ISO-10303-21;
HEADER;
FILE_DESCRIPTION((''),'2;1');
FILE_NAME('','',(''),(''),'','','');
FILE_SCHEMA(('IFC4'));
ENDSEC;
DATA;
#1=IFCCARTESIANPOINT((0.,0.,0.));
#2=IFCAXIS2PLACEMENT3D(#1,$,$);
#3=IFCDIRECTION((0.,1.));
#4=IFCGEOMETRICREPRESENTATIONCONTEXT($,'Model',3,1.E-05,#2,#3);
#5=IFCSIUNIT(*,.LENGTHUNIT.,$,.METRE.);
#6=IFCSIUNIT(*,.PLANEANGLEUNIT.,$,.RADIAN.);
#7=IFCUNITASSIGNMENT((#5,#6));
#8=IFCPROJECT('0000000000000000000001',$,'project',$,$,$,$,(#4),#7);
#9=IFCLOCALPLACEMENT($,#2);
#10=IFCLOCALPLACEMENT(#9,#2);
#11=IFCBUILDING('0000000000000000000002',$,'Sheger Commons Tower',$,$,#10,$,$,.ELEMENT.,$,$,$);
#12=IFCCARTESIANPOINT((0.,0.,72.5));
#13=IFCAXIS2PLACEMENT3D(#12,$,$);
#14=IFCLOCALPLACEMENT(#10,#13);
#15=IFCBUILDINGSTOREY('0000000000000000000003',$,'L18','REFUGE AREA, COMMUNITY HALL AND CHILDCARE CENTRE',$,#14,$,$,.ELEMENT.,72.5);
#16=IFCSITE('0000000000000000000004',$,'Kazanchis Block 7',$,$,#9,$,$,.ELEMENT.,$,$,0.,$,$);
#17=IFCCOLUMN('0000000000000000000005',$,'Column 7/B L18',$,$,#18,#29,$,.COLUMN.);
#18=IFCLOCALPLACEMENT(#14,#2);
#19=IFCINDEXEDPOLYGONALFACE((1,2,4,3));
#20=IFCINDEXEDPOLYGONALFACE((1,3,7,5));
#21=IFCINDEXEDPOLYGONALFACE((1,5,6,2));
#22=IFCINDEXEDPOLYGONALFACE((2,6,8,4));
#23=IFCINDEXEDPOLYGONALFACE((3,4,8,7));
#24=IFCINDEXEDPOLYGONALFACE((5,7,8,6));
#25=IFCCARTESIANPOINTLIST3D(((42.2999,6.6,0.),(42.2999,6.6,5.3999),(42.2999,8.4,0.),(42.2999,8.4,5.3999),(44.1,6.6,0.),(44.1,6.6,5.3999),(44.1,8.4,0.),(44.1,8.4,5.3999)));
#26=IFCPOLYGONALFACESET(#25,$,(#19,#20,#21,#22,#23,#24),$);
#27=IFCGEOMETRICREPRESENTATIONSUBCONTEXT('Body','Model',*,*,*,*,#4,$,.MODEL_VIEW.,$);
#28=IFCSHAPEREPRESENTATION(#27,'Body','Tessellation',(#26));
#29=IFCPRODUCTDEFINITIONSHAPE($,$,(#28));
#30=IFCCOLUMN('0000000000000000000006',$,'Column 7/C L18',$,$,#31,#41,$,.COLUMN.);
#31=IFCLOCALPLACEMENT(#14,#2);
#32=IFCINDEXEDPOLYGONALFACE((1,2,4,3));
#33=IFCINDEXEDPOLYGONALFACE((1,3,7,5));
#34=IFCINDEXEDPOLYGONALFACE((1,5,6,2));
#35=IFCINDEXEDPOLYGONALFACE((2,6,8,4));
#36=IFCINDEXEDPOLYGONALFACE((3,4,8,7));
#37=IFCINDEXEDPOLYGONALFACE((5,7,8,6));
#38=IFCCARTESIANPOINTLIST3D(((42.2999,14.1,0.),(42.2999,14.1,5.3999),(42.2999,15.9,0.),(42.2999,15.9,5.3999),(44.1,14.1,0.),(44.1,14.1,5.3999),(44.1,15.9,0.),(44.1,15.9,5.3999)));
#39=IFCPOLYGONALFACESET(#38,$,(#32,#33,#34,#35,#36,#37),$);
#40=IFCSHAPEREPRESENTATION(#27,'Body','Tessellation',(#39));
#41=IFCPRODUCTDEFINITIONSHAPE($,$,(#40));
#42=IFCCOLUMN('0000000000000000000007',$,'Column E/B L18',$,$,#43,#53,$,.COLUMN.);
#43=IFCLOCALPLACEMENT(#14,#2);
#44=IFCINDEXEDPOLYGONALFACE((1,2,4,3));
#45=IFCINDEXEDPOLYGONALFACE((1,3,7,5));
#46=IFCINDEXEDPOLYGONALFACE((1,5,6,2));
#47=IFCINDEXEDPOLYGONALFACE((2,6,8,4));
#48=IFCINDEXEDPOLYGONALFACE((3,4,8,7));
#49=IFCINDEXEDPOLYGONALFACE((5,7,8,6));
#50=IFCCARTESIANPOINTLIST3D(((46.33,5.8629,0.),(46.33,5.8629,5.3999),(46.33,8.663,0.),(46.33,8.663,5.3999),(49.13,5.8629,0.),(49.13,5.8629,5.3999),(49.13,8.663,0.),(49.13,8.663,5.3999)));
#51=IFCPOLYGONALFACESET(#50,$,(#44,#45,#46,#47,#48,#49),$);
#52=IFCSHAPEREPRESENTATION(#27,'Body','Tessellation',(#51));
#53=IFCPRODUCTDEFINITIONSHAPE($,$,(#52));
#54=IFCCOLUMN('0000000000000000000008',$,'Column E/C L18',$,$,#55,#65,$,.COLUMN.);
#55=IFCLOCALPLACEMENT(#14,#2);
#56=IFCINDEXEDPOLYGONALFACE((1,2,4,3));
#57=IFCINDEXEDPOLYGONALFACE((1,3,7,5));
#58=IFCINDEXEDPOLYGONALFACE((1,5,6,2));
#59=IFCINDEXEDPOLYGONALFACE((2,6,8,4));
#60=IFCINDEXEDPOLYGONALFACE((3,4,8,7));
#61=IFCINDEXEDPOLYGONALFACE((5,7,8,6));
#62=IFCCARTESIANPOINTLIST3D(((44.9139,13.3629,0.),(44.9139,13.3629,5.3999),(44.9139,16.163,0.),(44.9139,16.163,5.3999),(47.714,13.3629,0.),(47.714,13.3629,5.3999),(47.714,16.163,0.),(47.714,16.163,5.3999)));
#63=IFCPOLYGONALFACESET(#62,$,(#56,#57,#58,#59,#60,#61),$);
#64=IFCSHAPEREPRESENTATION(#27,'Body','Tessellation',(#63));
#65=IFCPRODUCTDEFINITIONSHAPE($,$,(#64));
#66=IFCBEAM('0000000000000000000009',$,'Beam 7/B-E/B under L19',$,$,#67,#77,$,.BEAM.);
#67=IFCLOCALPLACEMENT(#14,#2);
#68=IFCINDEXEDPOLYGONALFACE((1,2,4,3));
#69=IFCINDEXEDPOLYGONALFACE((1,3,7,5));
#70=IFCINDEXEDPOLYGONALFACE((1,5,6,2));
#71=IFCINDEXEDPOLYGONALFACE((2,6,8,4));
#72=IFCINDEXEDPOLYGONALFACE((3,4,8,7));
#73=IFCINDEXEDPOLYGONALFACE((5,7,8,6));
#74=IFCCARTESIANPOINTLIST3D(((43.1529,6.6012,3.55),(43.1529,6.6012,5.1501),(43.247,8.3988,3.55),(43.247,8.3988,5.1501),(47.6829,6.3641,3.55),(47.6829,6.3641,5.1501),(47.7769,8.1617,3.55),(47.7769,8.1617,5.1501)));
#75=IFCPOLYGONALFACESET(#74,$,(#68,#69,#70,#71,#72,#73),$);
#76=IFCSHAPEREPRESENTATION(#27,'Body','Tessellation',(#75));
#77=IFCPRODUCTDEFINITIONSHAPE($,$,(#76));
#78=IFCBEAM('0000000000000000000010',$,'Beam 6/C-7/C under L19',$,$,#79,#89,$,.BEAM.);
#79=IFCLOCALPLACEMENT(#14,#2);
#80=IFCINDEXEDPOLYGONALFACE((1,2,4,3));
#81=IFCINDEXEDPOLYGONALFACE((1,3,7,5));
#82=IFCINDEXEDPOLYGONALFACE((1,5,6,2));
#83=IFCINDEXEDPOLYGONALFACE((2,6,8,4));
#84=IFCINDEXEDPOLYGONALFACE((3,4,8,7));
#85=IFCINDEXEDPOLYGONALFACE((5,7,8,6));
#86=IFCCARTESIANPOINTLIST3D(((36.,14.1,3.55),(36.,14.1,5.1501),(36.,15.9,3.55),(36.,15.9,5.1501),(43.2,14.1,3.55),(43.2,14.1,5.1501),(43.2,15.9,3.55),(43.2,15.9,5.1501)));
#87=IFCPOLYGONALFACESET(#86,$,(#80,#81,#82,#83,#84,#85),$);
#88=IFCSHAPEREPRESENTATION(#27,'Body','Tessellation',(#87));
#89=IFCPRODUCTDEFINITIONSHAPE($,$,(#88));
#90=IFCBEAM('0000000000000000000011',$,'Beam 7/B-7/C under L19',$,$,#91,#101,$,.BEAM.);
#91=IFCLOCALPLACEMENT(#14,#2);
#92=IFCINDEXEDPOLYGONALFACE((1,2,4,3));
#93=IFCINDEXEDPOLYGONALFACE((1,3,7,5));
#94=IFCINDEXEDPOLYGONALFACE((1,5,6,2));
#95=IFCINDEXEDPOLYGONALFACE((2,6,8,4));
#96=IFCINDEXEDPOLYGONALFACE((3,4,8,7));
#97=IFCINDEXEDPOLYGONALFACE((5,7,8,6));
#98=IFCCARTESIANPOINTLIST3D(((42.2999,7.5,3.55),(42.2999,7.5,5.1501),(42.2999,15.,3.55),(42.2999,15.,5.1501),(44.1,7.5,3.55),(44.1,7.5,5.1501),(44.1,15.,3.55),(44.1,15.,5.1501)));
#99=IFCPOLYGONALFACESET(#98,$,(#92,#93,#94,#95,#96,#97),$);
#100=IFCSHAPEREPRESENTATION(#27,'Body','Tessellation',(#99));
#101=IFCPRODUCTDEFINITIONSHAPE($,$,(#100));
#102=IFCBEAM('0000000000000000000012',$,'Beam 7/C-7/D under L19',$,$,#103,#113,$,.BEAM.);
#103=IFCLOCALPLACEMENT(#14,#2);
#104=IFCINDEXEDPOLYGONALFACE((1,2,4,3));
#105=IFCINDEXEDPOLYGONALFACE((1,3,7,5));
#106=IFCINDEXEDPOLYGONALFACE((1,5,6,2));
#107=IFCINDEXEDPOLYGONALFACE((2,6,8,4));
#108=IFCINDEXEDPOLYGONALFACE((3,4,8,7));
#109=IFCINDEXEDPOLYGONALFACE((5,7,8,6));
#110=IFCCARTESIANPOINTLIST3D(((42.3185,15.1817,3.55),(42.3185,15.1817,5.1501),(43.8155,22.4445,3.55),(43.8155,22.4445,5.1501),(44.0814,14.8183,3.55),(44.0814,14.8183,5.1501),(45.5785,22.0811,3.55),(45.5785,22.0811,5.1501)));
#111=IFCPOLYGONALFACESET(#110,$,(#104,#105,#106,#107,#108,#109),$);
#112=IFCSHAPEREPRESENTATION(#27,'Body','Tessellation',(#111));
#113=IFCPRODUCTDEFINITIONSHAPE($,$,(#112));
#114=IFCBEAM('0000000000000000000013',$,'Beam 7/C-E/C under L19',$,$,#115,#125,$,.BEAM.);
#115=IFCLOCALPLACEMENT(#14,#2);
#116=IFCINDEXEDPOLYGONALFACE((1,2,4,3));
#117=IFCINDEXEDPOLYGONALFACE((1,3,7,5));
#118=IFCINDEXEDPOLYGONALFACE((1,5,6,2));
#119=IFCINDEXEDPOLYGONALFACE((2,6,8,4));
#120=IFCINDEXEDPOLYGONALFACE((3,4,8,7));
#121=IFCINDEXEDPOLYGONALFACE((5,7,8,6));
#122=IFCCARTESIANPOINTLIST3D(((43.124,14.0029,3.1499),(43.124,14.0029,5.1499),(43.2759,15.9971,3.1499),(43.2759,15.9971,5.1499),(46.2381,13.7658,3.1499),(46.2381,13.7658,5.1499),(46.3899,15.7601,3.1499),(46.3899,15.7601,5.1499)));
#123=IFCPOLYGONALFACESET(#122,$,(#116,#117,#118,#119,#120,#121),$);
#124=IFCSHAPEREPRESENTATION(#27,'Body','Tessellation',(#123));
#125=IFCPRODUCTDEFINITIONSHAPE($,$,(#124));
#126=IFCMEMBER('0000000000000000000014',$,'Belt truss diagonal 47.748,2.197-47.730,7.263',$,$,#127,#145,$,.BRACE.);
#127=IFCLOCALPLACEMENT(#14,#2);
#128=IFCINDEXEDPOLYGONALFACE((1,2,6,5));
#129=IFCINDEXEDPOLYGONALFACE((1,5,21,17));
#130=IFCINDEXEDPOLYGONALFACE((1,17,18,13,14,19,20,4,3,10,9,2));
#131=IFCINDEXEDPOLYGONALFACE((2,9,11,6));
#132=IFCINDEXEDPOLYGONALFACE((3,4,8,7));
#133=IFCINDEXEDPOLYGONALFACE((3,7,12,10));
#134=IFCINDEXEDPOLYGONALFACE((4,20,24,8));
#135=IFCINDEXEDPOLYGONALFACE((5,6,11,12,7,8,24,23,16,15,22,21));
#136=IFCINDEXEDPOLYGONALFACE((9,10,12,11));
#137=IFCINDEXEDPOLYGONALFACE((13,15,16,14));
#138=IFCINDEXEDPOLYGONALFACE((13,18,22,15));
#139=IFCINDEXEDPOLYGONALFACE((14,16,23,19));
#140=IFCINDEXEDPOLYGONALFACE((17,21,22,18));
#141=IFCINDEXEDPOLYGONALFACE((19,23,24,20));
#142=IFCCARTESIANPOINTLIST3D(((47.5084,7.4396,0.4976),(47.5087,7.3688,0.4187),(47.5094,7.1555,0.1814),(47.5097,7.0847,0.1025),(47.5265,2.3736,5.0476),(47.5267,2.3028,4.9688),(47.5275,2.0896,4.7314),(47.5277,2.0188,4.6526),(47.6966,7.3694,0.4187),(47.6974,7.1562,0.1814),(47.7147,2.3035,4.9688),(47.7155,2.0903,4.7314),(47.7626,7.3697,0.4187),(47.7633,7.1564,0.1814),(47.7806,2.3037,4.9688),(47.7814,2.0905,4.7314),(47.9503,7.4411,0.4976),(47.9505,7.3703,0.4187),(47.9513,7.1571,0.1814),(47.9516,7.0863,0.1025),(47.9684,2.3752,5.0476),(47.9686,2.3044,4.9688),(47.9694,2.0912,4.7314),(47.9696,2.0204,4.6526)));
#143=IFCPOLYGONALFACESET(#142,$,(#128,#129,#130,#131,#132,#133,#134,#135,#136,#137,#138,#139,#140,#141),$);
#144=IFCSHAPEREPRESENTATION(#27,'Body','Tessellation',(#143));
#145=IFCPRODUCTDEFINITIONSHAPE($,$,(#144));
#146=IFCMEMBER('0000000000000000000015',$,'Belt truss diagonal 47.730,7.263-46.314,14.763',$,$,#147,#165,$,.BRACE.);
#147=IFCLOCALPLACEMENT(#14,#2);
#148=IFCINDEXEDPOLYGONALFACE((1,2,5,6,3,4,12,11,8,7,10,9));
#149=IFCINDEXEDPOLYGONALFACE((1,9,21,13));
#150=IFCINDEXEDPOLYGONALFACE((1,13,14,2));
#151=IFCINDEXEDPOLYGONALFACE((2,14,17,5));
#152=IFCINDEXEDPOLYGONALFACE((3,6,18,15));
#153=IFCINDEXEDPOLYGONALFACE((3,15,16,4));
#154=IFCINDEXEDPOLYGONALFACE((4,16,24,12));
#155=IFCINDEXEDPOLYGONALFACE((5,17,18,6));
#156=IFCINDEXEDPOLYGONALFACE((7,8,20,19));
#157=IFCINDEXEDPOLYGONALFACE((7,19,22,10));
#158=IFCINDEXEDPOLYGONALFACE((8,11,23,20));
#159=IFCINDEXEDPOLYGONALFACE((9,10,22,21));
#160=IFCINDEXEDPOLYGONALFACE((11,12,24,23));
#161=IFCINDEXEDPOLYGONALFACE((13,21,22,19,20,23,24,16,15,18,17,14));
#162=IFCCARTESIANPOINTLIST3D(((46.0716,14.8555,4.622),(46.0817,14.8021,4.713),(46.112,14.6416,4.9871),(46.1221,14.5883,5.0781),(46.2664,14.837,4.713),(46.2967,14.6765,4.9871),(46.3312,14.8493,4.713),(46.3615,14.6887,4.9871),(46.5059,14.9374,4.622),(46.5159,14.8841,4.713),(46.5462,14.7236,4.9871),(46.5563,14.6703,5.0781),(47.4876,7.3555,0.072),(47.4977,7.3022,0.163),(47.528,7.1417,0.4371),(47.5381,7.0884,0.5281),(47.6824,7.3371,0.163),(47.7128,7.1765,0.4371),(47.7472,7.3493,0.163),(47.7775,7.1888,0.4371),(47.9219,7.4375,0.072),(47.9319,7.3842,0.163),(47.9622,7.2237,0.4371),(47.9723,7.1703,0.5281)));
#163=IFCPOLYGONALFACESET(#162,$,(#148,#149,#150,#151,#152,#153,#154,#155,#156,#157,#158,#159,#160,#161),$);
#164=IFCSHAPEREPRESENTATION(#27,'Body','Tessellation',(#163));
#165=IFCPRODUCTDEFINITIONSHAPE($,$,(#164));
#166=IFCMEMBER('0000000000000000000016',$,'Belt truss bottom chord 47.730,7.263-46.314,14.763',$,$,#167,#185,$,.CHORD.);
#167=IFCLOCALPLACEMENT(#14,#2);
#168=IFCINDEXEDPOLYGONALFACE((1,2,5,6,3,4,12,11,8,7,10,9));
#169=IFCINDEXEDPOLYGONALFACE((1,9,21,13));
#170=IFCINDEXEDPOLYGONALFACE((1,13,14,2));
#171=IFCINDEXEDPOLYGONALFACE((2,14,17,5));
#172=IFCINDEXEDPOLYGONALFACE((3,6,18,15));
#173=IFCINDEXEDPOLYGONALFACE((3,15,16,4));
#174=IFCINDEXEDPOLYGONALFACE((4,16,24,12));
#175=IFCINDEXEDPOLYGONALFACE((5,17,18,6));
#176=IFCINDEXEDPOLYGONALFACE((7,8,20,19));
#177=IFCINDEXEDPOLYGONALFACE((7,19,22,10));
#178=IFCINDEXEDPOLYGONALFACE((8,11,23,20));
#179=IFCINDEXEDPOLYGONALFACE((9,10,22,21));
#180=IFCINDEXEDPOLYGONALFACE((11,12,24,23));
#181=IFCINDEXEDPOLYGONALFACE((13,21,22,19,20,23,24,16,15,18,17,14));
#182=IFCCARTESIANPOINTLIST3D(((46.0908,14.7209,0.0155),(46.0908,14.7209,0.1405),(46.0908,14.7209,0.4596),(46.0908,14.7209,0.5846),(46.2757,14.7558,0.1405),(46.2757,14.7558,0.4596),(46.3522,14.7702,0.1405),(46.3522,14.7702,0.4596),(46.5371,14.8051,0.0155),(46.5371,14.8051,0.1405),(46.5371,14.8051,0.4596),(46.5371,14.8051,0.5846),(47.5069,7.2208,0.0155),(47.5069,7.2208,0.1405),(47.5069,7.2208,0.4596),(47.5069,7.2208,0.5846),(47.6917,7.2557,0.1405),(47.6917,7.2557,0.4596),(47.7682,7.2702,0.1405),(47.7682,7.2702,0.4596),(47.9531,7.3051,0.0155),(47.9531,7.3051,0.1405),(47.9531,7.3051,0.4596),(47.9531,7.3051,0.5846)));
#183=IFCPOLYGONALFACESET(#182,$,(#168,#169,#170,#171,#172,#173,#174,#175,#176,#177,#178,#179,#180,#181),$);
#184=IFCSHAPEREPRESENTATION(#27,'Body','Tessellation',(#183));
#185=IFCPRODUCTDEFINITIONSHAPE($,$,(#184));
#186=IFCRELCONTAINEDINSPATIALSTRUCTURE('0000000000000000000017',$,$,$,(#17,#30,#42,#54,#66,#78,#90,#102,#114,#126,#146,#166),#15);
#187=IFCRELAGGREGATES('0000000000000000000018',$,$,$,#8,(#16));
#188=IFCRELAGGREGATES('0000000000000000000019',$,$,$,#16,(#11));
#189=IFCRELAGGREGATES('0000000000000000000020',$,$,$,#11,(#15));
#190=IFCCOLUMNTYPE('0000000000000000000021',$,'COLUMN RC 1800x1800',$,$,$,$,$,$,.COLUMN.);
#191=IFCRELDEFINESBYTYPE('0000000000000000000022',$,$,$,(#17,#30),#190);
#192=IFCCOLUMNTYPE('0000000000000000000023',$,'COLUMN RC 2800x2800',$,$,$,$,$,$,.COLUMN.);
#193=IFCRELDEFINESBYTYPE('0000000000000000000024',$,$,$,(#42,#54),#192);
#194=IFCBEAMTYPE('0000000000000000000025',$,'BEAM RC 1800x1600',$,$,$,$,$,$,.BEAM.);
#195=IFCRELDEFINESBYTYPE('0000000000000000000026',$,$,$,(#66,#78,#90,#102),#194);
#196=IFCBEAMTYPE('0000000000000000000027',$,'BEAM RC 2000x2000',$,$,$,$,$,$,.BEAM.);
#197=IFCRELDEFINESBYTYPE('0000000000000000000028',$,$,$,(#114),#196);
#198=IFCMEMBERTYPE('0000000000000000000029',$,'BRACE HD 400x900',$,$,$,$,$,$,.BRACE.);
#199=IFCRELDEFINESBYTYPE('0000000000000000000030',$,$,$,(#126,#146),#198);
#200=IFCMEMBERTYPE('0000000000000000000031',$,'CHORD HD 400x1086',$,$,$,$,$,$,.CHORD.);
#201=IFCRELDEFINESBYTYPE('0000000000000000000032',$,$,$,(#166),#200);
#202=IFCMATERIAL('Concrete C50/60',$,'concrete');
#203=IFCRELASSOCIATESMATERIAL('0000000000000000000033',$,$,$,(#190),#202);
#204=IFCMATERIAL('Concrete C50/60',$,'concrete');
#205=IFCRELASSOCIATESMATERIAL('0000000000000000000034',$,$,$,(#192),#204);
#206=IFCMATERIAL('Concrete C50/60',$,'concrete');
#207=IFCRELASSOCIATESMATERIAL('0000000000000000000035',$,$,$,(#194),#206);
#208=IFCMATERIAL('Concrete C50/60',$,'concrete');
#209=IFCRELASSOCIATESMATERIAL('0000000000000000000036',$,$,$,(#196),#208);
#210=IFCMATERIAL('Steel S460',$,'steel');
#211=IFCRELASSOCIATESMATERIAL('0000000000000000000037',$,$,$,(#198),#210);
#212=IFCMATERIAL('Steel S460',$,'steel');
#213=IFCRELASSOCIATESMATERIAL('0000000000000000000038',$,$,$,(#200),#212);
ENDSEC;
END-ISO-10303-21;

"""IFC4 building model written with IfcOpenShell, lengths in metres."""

from ifc_helpers import new_model, si_unit, direction, frame, origin, origin_2d, place, context, subcontext, project, spatial, rectangle, i_section, extrude, material, material_profile, profile_set, type_object, element, save


model = new_model("IFC4")

# Units and contexts
model_context = context("Model", 3, precision=1e-05, world=origin(), true_north=direction((0.0, 1.0)))
body_context = subcontext(model_context, "Body", "Model", "MODEL_VIEW")
ifc_project = project(units=[si_unit("LENGTHUNIT", "METRE"), si_unit("PLANEANGLEUNIT", "RADIAN")], contexts=[model_context])

# Site, building, storey
site_placement = place(None, origin())
site = spatial("IfcSite", under=ifc_project, at=site_placement, Name="Kazanchis Block 7", CompositionType="ELEMENT", RefElevation=0.0)
building_placement = place(site_placement, origin())
building = spatial("IfcBuilding", under=site, at=building_placement, Name="Sheger Commons Tower", CompositionType="ELEMENT")
storey_placement = place(building_placement, frame((0.0, 0.0, 72.5)))
storey = spatial("IfcBuildingStorey", under=building, at=storey_placement, Name="L18", Description="REFUGE AREA, COMMUNITY HALL AND CHILDCARE CENTRE", CompositionType="ELEMENT", Elevation=72.5)

# Columns
ifc_material_1 = material(Name="Concrete C50/60", Category="concrete")
ifc_material_profile_1 = material_profile(ifc_material_1, rectangle(XDim=1.8, YDim=1.8, at=origin_2d()), Name="RC 1800x1800")
ifc_profile_set_1 = profile_set([ifc_material_profile_1], Name="Concrete C50/60")
column_type_1 = type_object("IfcColumnType", Name="COLUMN RC 1800x1800", PredefinedType="COLUMN", material=ifc_profile_set_1)
for number, where, z_axis, x_axis, name in (
    (1, (43.2, 7.5, 0.0), (0.0, 0.0, 1.0), (1.0, 0.0, 0.0), "Column 7/B L18"),
    (2, (43.2, 15.0, 0.0), (0.0, 0.0, 1.0), (1.0, 0.0, 0.0), "Column 7/C L18"),
):
    element("IfcColumn", number, at=place(storey_placement, frame(where, z_axis=z_axis, x_axis=x_axis)), inside=storey, type_object=column_type_1, Name=name, PredefinedType="COLUMN", context=body_context, shape_type="SweptSolid", body=[
        extrude(rectangle(XDim=1.8, YDim=1.8, at=origin_2d()), origin(), (0.0, 0.0, 1.0), 5.3999),
    ])
ifc_material_2 = material(Name="Concrete C50/60", Category="concrete")
ifc_material_profile_2 = material_profile(ifc_material_2, rectangle(XDim=2.8, YDim=2.8, at=origin_2d()), Name="RC 2800x2800")
ifc_profile_set_2 = profile_set([ifc_material_profile_2], Name="Concrete C50/60")
column_type_2 = type_object("IfcColumnType", Name="COLUMN RC 2800x2800", PredefinedType="COLUMN", material=ifc_profile_set_2)
for number, where, z_axis, x_axis, name in (
    (3, (47.73, 7.2629, 0.0), (0.0, 0.0, 1.0), (1.0, 0.0, 0.0), "Column E/B L18"),
    (4, (46.314, 14.7629, 0.0), (0.0, 0.0, 1.0), (1.0, 0.0, 0.0), "Column E/C L18"),
):
    element("IfcColumn", number, at=place(storey_placement, frame(where, z_axis=z_axis, x_axis=x_axis)), inside=storey, type_object=column_type_2, Name=name, PredefinedType="COLUMN", context=body_context, shape_type="SweptSolid", body=[
        extrude(rectangle(XDim=2.8, YDim=2.8, at=origin_2d()), origin(), (0.0, 0.0, 1.0), 5.3999),
    ])

# Beams
ifc_material_3 = material(Name="Concrete C50/60", Category="concrete")
ifc_material_profile_3 = material_profile(ifc_material_3, rectangle(XDim=1.8, YDim=1.6001, at=origin_2d()), Name="RC 1800x1600")
ifc_profile_set_3 = profile_set([ifc_material_profile_3], Name="Concrete C50/60")
beam_type_1 = type_object("IfcBeamType", Name="BEAM RC 1800x1600", PredefinedType="BEAM", material=ifc_profile_set_3)
beam_1_placement = place(storey_placement, frame((43.2, 7.5, 4.3501), z_axis=(0.998634, -0.052259, 0.0), x_axis=(0.052259, 0.998634, 0.0)))
element("IfcBeam", 5, at=beam_1_placement, inside=storey, type_object=beam_type_1, Name="Beam 7/B-E/B under L19", PredefinedType="BEAM", context=body_context, shape_type="SweptSolid", body=[
    extrude(rectangle(XDim=1.8, YDim=1.6001, at=origin_2d()), origin(), (0.0, 0.0, 1.0), 4.5361),
])
beam_2_placement = place(storey_placement, frame((36.0, 15.0, 4.3501), z_axis=(1.0, 0.0, 0.0), x_axis=(0.0, 1.0, 0.0)))
element("IfcBeam", 6, at=beam_2_placement, inside=storey, type_object=beam_type_1, Name="Beam 6/C-7/C under L19", PredefinedType="BEAM", context=body_context, shape_type="SweptSolid", body=[
    extrude(rectangle(XDim=1.8, YDim=1.6001, at=origin_2d()), origin(), (0.0, 0.0, 1.0), 7.2),
])
beam_3_placement = place(storey_placement, frame((43.2, 7.5, 4.3501), z_axis=(0.0, 1.0, 0.0), x_axis=(-1.0, 0.0, 0.0)))
element("IfcBeam", 7, at=beam_3_placement, inside=storey, type_object=beam_type_1, Name="Beam 7/B-7/C under L19", PredefinedType="BEAM", context=body_context, shape_type="SweptSolid", body=[
    extrude(rectangle(XDim=1.8, YDim=1.6001, at=origin_2d()), origin(), (0.0, 0.0, 1.0), 7.5),
])
beam_4_placement = place(storey_placement, frame((43.2, 15.0, 4.3501), z_axis=(0.201881, 0.97941, 0.0), x_axis=(-0.97941, 0.201881, 0.0)))
element("IfcBeam", 8, at=beam_4_placement, inside=storey, type_object=beam_type_1, Name="Beam 7/C-7/D under L19", PredefinedType="BEAM", context=body_context, shape_type="SweptSolid", body=[
    extrude(rectangle(XDim=1.8, YDim=1.6001, at=origin_2d()), origin(), (0.0, 0.0, 1.0), 7.4155),
])
ifc_material_4 = material(Name="Concrete C50/60", Category="concrete")
ifc_material_profile_4 = material_profile(ifc_material_4, rectangle(XDim=2.0, YDim=2.0, at=origin_2d()), Name="RC 2000x2000")
ifc_profile_set_4 = profile_set([ifc_material_profile_4], Name="Concrete C50/60")
beam_type_2 = type_object("IfcBeamType", Name="BEAM RC 2000x2000", PredefinedType="BEAM", material=ifc_profile_set_4)
beam_5_placement = place(storey_placement, frame((43.2, 15.0, 4.1499), z_axis=(0.997115, -0.075907, 0.0), x_axis=(0.075907, 0.997115, 0.0)))
element("IfcBeam", 9, at=beam_5_placement, inside=storey, type_object=beam_type_2, Name="Beam 7/C-E/C under L19", PredefinedType="BEAM", context=body_context, shape_type="SweptSolid", body=[
    extrude(rectangle(XDim=2.0, YDim=2.0, at=origin_2d()), origin(), (0.0, 0.0, 1.0), 3.123),
])

# Members
ifc_material_5 = material(Name="Steel S460", Category="steel")
ifc_material_profile_5 = material_profile(ifc_material_5, i_section(OverallWidth=0.4419, OverallDepth=0.531, WebThickness=0.0659, FlangeThickness=0.106, at=origin_2d()), Name="HD 400x900")
ifc_profile_set_5 = profile_set([ifc_material_profile_5], Name="Steel S460")
member_type_1 = type_object("IfcMemberType", Name="BRACE HD 400x900", PredefinedType="BRACE", material=ifc_profile_set_5)
member_1_placement = place(storey_placement, frame((47.73, 7.2629, 0.3), z_axis=(0.002653, -0.743969, 0.668209), x_axis=(0.999994, 0.003566, 0.0)))
element("IfcMember", 10, at=member_1_placement, inside=storey, type_object=member_type_1, Name="Belt truss diagonal 47.748,2.197-47.730,7.263", PredefinedType="BRACE", context=body_context, shape_type="SweptSolid", body=[
    extrude(i_section(OverallWidth=0.4419, OverallDepth=0.531, WebThickness=0.0659, FlangeThickness=0.106, at=origin_2d()), origin(), (0.0, 0.0, 1.0), 6.8093),
])
member_2_placement = place(storey_placement, frame((47.73, 7.2629, 0.3), z_axis=(-0.159357, 0.84404, 0.512056), x_axis=(-0.98264, -0.185524, 0.0)))
element("IfcMember", 11, at=member_2_placement, inside=storey, type_object=member_type_1, Name="Belt truss diagonal 47.730,7.263-46.314,14.763", PredefinedType="BRACE", context=body_context, shape_type="SweptSolid", body=[
    extrude(i_section(OverallWidth=0.4419, OverallDepth=0.531, WebThickness=0.0659, FlangeThickness=0.106, at=origin_2d()), origin(), (0.0, 0.0, 1.0), 8.8857),
])
ifc_material_6 = material(Name="Steel S460", Category="steel")
ifc_material_profile_6 = material_profile(ifc_material_6, i_section(OverallWidth=0.4541, OverallDepth=0.5691, WebThickness=0.0779, FlangeThickness=0.125, at=origin_2d()), Name="HD 400x1086")
ifc_profile_set_6 = profile_set([ifc_material_profile_6], Name="Steel S460")
member_type_2 = type_object("IfcMemberType", Name="CHORD HD 400x1086", PredefinedType="CHORD", material=ifc_profile_set_6)
member_3_placement = place(storey_placement, frame((47.73, 7.2629, 0.3), z_axis=(-0.185524, 0.98264, 0.0), x_axis=(-0.98264, -0.185524, 0.0)))
element("IfcMember", 12, at=member_3_placement, inside=storey, type_object=member_type_2, Name="Belt truss bottom chord 47.730,7.263-46.314,14.763", PredefinedType="CHORD", context=body_context, shape_type="SweptSolid", body=[
    extrude(i_section(OverallWidth=0.4541, OverallDepth=0.5691, WebThickness=0.0779, FlangeThickness=0.125, at=origin_2d()), origin(), (0.0, 0.0, 1.0), 7.6326),
])

save(model, "model.ifc")
